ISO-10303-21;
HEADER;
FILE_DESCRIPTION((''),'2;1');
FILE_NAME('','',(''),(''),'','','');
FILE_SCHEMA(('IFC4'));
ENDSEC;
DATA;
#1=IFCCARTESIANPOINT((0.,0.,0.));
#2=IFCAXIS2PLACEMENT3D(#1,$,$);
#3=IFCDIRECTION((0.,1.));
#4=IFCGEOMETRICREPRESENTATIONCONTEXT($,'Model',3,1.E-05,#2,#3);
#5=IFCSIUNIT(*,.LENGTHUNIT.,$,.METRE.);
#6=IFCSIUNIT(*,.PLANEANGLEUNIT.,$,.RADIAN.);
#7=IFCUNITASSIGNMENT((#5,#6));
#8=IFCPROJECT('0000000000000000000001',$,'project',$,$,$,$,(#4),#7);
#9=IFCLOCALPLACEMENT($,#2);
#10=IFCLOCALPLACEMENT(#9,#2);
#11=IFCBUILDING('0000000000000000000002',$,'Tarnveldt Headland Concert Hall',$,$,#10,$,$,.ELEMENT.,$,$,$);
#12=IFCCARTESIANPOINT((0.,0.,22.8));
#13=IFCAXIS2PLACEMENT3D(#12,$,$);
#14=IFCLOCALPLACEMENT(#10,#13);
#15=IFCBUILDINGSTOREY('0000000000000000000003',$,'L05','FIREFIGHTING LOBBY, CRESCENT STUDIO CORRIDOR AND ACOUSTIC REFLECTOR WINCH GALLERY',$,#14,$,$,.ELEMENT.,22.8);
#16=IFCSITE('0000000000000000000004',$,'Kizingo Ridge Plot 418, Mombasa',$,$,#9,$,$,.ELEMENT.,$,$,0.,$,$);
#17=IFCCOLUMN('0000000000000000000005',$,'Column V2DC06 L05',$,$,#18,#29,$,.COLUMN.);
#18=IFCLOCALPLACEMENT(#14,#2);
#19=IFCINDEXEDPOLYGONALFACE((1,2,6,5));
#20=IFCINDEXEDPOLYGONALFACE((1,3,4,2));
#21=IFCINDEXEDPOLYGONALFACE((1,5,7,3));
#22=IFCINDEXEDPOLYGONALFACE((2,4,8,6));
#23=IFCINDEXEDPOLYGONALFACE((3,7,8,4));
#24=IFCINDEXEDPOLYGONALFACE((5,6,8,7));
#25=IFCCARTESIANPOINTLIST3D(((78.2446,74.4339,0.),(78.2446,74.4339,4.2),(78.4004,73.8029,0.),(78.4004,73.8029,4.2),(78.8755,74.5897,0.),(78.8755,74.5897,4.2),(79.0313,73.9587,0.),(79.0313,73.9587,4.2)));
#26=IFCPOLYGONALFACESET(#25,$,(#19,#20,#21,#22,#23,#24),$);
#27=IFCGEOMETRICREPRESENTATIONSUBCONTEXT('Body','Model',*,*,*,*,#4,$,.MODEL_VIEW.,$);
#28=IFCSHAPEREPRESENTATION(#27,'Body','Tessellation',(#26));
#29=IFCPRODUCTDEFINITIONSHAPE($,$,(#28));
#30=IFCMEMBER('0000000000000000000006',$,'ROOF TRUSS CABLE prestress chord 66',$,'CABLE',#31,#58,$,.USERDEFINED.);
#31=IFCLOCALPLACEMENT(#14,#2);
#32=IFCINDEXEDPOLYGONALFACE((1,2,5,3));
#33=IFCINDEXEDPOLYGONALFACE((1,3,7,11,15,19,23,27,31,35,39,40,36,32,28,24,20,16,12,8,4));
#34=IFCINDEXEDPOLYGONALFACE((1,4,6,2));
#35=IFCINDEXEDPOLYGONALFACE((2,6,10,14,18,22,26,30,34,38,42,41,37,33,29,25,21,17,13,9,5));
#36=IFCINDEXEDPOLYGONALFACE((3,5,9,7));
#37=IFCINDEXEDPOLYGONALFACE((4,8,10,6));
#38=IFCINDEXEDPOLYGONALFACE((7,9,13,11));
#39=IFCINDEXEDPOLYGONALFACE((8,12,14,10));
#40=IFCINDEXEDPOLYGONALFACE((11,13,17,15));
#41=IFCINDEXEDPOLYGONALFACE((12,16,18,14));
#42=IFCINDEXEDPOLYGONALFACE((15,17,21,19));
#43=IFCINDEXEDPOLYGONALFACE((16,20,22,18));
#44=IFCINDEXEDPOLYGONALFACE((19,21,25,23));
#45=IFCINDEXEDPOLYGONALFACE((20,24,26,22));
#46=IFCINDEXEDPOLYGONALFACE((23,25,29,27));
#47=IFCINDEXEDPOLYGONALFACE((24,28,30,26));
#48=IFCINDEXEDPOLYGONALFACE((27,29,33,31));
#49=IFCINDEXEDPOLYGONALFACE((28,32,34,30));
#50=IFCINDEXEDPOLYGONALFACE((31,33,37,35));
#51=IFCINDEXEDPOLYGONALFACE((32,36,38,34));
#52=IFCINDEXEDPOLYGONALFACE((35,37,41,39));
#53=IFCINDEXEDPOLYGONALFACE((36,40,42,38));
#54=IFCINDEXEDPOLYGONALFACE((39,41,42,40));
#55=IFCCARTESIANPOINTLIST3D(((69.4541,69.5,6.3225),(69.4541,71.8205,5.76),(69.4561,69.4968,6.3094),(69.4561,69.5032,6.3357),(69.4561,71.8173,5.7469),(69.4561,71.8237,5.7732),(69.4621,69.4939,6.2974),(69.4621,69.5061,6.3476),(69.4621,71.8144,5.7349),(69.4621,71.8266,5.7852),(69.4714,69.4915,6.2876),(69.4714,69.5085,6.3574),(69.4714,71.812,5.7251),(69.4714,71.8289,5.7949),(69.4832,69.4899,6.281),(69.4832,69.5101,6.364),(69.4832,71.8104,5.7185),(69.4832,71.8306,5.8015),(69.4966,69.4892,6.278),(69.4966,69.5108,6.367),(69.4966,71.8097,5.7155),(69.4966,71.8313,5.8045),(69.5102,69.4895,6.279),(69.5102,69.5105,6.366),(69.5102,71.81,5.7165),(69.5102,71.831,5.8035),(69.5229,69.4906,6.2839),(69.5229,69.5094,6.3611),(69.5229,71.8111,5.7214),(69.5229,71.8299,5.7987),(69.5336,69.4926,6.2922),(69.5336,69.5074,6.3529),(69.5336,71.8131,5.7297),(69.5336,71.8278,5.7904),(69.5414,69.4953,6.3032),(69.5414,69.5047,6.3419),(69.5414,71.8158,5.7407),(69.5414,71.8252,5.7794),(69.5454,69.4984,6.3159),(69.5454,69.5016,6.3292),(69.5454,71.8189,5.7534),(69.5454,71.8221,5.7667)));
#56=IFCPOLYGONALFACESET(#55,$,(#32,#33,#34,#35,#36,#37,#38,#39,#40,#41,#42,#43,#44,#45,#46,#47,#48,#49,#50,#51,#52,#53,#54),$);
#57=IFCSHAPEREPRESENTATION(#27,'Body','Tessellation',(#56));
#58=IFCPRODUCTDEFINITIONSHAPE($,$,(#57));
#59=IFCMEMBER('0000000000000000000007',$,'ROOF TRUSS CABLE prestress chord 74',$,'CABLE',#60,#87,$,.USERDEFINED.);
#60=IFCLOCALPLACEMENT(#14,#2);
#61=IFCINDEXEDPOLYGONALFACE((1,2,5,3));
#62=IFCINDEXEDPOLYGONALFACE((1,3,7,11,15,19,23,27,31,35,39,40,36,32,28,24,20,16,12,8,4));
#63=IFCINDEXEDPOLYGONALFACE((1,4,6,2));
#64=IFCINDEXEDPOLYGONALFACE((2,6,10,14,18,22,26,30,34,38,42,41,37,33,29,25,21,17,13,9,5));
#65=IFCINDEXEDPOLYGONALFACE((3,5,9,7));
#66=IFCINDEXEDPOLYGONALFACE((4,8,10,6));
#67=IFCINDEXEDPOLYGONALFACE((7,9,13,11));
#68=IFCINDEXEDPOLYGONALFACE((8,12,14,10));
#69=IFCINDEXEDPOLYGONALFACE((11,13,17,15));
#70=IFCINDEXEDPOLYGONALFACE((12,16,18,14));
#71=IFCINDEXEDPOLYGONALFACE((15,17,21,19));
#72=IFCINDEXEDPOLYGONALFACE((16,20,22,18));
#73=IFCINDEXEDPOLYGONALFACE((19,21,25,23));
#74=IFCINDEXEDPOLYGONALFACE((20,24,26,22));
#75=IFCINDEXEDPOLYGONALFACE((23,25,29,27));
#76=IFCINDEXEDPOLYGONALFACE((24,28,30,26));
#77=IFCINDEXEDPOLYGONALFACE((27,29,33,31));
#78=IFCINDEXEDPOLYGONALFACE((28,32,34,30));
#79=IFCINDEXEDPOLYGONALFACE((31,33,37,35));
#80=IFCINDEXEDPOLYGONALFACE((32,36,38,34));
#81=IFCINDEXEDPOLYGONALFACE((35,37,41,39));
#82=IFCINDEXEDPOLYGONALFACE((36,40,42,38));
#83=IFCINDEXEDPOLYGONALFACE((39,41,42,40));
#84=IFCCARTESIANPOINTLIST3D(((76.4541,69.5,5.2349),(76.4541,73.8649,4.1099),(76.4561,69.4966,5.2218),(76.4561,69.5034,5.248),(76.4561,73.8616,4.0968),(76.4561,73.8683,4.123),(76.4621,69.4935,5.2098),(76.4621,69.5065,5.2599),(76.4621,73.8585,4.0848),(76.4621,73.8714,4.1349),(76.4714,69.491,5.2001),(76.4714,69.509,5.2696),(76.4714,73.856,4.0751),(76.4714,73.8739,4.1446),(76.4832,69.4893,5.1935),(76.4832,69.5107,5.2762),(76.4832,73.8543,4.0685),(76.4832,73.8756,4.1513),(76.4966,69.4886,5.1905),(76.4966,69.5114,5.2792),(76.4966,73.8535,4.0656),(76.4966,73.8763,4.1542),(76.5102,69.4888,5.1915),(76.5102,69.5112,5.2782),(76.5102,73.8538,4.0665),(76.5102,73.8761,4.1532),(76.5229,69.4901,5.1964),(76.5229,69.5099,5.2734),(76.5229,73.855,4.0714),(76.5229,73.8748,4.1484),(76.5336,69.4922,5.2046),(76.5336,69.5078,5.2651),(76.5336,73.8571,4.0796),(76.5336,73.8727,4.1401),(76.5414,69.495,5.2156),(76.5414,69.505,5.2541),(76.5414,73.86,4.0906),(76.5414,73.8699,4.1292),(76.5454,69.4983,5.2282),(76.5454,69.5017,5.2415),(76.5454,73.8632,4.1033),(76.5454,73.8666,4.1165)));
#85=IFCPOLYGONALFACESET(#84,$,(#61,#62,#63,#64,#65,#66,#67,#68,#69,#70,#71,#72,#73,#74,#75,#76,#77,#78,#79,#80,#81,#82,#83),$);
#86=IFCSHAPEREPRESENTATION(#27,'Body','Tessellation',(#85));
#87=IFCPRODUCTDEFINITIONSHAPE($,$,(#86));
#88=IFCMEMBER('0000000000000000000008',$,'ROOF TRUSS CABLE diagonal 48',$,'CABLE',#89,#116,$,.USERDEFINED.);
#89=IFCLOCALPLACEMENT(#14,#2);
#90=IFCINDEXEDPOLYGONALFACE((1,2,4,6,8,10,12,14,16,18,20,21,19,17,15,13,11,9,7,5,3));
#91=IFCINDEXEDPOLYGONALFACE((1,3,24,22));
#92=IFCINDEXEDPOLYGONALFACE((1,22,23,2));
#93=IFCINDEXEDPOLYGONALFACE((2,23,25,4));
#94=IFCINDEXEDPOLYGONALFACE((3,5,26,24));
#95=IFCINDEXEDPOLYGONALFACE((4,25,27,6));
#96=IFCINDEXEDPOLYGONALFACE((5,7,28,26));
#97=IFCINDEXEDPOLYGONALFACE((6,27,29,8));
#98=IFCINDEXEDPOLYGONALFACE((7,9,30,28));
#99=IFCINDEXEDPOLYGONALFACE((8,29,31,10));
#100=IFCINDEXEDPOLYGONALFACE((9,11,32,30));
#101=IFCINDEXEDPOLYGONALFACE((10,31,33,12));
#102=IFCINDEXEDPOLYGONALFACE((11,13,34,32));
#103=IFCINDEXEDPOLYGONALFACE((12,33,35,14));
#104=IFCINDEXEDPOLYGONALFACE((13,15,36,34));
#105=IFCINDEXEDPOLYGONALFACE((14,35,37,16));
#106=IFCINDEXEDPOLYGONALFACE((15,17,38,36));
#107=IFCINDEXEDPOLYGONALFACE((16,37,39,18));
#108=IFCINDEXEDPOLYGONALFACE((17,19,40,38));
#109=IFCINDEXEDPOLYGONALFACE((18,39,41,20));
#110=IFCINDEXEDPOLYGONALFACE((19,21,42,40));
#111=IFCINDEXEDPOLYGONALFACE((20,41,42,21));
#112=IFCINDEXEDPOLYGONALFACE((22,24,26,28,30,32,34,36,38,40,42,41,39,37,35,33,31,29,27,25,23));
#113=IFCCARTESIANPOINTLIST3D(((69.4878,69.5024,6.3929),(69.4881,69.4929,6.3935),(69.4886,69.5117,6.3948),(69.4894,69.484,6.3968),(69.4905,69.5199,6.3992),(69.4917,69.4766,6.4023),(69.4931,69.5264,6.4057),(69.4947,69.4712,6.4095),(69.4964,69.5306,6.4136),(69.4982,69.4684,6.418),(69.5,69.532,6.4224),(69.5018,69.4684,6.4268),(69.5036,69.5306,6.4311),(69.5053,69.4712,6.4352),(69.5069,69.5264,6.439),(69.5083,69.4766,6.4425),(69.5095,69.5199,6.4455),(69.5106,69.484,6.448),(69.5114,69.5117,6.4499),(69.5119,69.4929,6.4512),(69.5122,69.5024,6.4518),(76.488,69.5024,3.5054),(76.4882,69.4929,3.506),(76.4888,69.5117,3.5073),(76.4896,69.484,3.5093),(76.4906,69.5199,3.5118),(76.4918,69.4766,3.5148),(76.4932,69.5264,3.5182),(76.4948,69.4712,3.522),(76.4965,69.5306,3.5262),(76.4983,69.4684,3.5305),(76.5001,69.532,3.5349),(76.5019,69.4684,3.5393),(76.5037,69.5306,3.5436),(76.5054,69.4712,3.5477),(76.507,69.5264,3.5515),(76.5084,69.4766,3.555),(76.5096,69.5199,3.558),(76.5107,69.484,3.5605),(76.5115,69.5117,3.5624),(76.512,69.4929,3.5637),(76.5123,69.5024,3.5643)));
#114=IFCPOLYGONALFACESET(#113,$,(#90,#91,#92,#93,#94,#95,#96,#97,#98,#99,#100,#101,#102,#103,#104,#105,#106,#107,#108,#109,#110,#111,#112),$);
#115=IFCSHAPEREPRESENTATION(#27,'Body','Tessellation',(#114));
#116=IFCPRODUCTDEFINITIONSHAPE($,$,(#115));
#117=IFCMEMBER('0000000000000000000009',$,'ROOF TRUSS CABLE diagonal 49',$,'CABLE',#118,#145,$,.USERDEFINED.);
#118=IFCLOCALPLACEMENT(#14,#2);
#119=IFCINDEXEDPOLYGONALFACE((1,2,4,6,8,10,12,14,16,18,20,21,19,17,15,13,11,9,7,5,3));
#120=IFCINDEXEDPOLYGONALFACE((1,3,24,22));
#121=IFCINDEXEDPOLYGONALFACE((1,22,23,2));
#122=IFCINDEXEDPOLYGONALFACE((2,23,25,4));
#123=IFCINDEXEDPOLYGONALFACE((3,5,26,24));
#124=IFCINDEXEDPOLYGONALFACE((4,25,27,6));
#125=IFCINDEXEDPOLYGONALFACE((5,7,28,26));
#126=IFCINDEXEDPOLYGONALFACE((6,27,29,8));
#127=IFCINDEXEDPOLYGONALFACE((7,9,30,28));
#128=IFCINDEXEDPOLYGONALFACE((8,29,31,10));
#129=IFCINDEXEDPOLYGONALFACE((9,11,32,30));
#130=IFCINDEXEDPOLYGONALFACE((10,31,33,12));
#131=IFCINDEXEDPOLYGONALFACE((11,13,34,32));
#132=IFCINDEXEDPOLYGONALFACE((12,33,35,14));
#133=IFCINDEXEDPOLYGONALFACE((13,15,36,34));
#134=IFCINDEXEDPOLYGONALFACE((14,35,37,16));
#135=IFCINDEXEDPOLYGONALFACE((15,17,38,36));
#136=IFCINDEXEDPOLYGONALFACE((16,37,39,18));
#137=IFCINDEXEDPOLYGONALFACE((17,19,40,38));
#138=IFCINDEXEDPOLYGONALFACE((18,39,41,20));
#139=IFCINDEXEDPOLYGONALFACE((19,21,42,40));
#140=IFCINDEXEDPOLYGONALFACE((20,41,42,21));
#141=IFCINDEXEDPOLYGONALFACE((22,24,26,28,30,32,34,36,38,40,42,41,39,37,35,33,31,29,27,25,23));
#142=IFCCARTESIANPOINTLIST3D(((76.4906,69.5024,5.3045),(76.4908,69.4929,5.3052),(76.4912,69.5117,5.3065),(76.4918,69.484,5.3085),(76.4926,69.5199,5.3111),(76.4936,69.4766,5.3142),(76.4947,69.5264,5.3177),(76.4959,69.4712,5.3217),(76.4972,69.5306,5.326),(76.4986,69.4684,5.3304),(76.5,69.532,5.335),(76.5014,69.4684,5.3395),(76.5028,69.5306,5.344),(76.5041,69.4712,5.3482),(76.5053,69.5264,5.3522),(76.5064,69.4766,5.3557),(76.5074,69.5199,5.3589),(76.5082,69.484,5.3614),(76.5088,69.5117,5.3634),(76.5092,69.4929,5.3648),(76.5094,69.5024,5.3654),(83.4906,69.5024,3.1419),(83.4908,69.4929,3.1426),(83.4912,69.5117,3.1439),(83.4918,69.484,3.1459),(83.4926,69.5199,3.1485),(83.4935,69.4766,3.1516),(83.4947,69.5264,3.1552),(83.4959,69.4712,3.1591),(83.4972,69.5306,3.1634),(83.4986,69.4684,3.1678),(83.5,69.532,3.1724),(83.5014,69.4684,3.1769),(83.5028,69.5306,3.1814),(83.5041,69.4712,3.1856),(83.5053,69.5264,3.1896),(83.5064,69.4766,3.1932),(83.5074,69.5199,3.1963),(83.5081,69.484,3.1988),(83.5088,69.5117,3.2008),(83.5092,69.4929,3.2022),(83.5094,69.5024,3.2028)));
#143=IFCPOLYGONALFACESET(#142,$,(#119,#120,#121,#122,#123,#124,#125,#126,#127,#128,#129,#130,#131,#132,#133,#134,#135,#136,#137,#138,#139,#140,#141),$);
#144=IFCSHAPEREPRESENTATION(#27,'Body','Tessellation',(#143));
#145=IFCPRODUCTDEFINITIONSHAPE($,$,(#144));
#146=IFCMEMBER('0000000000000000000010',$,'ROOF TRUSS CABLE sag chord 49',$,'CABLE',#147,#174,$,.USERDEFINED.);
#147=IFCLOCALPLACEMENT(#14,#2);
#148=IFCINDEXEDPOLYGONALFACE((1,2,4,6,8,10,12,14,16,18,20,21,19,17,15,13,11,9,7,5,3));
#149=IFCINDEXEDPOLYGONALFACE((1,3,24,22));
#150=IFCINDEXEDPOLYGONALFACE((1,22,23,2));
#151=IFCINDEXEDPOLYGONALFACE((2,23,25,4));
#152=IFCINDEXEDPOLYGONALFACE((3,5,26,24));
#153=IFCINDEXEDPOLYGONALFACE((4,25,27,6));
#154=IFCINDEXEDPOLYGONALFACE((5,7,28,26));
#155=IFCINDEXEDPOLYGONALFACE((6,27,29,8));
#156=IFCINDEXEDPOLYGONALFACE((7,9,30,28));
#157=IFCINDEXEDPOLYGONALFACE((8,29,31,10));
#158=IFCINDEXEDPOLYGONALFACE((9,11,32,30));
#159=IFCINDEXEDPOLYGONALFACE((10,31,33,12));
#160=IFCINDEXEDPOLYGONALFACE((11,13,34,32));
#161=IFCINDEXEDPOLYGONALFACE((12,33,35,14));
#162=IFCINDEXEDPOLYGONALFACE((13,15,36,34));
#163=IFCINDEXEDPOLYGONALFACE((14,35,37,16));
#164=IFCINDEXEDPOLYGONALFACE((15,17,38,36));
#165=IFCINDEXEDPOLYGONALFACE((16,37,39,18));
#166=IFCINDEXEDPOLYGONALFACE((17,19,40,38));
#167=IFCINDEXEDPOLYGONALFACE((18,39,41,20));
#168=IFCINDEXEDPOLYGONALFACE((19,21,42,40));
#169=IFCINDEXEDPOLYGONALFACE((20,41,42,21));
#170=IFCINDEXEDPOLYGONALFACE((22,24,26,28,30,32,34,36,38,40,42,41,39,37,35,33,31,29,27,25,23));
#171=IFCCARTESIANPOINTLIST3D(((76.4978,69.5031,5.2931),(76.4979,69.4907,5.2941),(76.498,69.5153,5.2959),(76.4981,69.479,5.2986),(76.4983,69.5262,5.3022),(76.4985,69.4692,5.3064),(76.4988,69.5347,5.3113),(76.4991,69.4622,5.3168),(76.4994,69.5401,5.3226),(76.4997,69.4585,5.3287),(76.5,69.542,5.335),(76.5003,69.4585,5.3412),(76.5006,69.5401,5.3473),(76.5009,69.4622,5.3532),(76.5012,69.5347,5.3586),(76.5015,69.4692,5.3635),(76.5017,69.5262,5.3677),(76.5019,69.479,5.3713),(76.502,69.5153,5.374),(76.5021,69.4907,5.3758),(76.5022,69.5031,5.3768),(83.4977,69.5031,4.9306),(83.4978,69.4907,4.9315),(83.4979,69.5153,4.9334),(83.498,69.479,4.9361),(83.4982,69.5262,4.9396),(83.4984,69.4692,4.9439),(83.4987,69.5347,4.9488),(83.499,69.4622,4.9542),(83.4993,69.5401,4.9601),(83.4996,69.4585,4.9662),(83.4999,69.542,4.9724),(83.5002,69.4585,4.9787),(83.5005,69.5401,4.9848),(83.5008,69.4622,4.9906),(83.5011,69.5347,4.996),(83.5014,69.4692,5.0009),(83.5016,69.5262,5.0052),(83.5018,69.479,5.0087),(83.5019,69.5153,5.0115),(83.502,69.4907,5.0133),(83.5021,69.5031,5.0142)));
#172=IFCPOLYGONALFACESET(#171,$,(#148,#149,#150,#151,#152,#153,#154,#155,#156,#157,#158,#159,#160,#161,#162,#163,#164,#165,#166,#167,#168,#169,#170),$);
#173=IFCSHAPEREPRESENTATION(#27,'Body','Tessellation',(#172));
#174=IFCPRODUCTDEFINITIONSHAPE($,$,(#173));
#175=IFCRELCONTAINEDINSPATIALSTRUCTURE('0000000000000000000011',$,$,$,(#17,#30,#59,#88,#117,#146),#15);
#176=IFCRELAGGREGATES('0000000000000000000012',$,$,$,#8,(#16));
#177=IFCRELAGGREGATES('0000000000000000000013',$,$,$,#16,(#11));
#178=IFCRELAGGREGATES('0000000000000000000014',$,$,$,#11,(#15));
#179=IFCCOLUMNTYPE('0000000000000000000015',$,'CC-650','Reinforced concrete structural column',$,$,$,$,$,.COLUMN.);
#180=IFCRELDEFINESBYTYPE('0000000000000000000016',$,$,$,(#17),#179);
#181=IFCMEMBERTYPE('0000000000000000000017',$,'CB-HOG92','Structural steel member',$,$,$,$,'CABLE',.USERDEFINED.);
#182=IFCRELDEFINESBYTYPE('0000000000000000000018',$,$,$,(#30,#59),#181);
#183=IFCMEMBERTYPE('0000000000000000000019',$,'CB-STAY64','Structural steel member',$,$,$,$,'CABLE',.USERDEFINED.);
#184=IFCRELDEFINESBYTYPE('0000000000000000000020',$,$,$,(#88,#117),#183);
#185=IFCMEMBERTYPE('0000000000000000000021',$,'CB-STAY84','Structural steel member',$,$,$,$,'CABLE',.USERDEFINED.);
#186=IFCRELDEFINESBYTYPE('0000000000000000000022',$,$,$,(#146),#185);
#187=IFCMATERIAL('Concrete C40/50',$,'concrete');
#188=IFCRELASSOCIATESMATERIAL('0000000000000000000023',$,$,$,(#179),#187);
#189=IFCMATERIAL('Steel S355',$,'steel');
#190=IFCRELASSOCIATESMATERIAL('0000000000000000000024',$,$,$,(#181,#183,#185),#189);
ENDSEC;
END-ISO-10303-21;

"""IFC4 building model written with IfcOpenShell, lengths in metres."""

from ifc_helpers import new_model, si_unit, direction, frame, origin, origin_2d, place, context, subcontext, project, spatial, rectangle, circle, extrude, material, material_profile, profile_set, type_object, element, save


model = new_model("IFC4")

# Units and contexts
model_context = context("Model", 3, precision=1e-05, world=origin(), true_north=direction((0.0, 1.0)))
body_context = subcontext(model_context, "Body", "Model", "MODEL_VIEW")
ifc_project = project(units=[si_unit("LENGTHUNIT", "METRE"), si_unit("PLANEANGLEUNIT", "RADIAN")], contexts=[model_context])

# Site, building, storey
site_placement = place(None, origin())
site = spatial("IfcSite", under=ifc_project, at=site_placement, Name="Kizingo Ridge Plot 418, Mombasa", CompositionType="ELEMENT", RefElevation=0.0)
building_placement = place(site_placement, origin())
building = spatial("IfcBuilding", under=site, at=building_placement, Name="Tarnveldt Headland Concert Hall", CompositionType="ELEMENT")
storey_placement = place(building_placement, frame((0.0, 0.0, 22.8)))
storey = spatial("IfcBuildingStorey", under=building, at=storey_placement, Name="L05", Description="FIREFIGHTING LOBBY, CRESCENT STUDIO CORRIDOR AND ACOUSTIC REFLECTOR WINCH GALLERY", CompositionType="ELEMENT", Elevation=22.8)

# Column
ifc_material_1 = material(Name="Concrete C40/50", Category="concrete")
ifc_material_profile_1 = material_profile(ifc_material_1, rectangle(XDim=0.6499, YDim=0.6499, at=origin_2d()), Name="RC 650x650", Category="concrete")
ifc_profile_set_1 = profile_set([ifc_material_profile_1], Name="Concrete C40/50")
column_type = type_object("IfcColumnType", Name="CC-650", Description="Reinforced concrete structural column", PredefinedType="COLUMN", material=ifc_profile_set_1)
column_placement = place(storey_placement, frame((78.6379, 74.1963, 0.0), z_axis=(0.0, 0.0, 1.0), x_axis=(-0.23972, 0.970842, 0.0)))
element("IfcColumn", 1, at=column_placement, inside=storey, type_object=column_type, Name="Column V2DC06 L05", PredefinedType="COLUMN", context=body_context, shape_type="SweptSolid", body=[
    extrude(rectangle(XDim=0.6499, YDim=0.6499, at=origin_2d()), origin(), (0.0, 0.0, 1.0), 4.2),
])

# Members
ifc_material_2 = material(Name="Steel S355", Category="steel")
ifc_material_profile_2 = material_profile(ifc_material_2, circle(Radius=0.0459, at=origin_2d()), Name="LC D92", Category="steel")
ifc_profile_set_2 = profile_set([ifc_material_profile_2], Name="Steel S355")
member_type_1 = type_object("IfcMemberType", Name="CB-HOG92", Description="Structural steel member", ElementType="CABLE", PredefinedType="USERDEFINED", material=ifc_profile_set_2)
member_1_placement = place(storey_placement, frame((69.5, 69.5, 6.3225), z_axis=(0.0, 0.971856, -0.235577), x_axis=(-1.0, 0.0, 0.0)))
element("IfcMember", 2, at=member_1_placement, inside=storey, type_object=member_type_1, Name="ROOF TRUSS CABLE prestress chord 66", ObjectType="CABLE", PredefinedType="USERDEFINED", context=body_context, shape_type="SweptSolid", body=[
    extrude(circle(Radius=0.0459, at=origin_2d()), origin(), (0.0, 0.0, 1.0), 2.3877),
])
member_2_placement = place(storey_placement, frame((76.5, 69.5, 5.2349), z_axis=(0.0, 0.968355, -0.249577), x_axis=(-1.0, 0.0, 0.0)))
element("IfcMember", 3, at=member_2_placement, inside=storey, type_object=member_type_1, Name="ROOF TRUSS CABLE prestress chord 74", ObjectType="CABLE", PredefinedType="USERDEFINED", context=body_context, shape_type="SweptSolid", body=[
    extrude(circle(Radius=0.0459, at=origin_2d()), origin(), (0.0, 0.0, 1.0), 4.5076),
])
ifc_material_profile_3 = material_profile(ifc_material_2, circle(Radius=0.032, at=origin_2d()), Name="LC D64", Category="steel")
ifc_profile_set_3 = profile_set([ifc_material_profile_3], Name="Steel S355")
member_type_2 = type_object("IfcMemberType", Name="CB-STAY64", Description="Structural steel member", ElementType="CABLE", PredefinedType="USERDEFINED", material=ifc_profile_set_3)
member_3_placement = place(storey_placement, frame((69.5, 69.5, 6.4224), z_axis=(0.924441, 0.0, -0.381325), x_axis=(0.0, 1.0, 0.0)))
element("IfcMember", 4, at=member_3_placement, inside=storey, type_object=member_type_2, Name="ROOF TRUSS CABLE diagonal 48", ObjectType="CABLE", PredefinedType="USERDEFINED", context=body_context, shape_type="SweptSolid", body=[
    extrude(circle(Radius=0.032, at=origin_2d()), origin(), (0.0, 0.0, 1.0), 7.5723),
])
member_4_placement = place(storey_placement, frame((76.5, 69.5, 5.335), z_axis=(0.955443, 0.0, -0.295177), x_axis=(0.0, 1.0, 0.0)))
element("IfcMember", 5, at=member_4_placement, inside=storey, type_object=member_type_2, Name="ROOF TRUSS CABLE diagonal 49", ObjectType="CABLE", PredefinedType="USERDEFINED", context=body_context, shape_type="SweptSolid", body=[
    extrude(circle(Radius=0.032, at=origin_2d()), origin(), (0.0, 0.0, 1.0), 7.3264),
])
ifc_material_profile_4 = material_profile(ifc_material_2, circle(Radius=0.042, at=origin_2d()), Name="LC D84", Category="steel")
ifc_profile_set_4 = profile_set([ifc_material_profile_4], Name="Steel S355")
member_type_3 = type_object("IfcMemberType", Name="CB-STAY84", Description="Structural steel member", ElementType="CABLE", PredefinedType="USERDEFINED", material=ifc_profile_set_4)
member_5_placement = place(storey_placement, frame((76.5, 69.5, 5.335), z_axis=(0.998661, 0.0, -0.051723), x_axis=(0.0, 1.0, 0.0)))
element("IfcMember", 6, at=member_5_placement, inside=storey, type_object=member_type_3, Name="ROOF TRUSS CABLE sag chord 49", ObjectType="CABLE", PredefinedType="USERDEFINED", context=body_context, shape_type="SweptSolid", body=[
    extrude(circle(Radius=0.042, at=origin_2d()), origin(), (0.0, 0.0, 1.0), 7.0093),
])

save(model, "model.ifc")
